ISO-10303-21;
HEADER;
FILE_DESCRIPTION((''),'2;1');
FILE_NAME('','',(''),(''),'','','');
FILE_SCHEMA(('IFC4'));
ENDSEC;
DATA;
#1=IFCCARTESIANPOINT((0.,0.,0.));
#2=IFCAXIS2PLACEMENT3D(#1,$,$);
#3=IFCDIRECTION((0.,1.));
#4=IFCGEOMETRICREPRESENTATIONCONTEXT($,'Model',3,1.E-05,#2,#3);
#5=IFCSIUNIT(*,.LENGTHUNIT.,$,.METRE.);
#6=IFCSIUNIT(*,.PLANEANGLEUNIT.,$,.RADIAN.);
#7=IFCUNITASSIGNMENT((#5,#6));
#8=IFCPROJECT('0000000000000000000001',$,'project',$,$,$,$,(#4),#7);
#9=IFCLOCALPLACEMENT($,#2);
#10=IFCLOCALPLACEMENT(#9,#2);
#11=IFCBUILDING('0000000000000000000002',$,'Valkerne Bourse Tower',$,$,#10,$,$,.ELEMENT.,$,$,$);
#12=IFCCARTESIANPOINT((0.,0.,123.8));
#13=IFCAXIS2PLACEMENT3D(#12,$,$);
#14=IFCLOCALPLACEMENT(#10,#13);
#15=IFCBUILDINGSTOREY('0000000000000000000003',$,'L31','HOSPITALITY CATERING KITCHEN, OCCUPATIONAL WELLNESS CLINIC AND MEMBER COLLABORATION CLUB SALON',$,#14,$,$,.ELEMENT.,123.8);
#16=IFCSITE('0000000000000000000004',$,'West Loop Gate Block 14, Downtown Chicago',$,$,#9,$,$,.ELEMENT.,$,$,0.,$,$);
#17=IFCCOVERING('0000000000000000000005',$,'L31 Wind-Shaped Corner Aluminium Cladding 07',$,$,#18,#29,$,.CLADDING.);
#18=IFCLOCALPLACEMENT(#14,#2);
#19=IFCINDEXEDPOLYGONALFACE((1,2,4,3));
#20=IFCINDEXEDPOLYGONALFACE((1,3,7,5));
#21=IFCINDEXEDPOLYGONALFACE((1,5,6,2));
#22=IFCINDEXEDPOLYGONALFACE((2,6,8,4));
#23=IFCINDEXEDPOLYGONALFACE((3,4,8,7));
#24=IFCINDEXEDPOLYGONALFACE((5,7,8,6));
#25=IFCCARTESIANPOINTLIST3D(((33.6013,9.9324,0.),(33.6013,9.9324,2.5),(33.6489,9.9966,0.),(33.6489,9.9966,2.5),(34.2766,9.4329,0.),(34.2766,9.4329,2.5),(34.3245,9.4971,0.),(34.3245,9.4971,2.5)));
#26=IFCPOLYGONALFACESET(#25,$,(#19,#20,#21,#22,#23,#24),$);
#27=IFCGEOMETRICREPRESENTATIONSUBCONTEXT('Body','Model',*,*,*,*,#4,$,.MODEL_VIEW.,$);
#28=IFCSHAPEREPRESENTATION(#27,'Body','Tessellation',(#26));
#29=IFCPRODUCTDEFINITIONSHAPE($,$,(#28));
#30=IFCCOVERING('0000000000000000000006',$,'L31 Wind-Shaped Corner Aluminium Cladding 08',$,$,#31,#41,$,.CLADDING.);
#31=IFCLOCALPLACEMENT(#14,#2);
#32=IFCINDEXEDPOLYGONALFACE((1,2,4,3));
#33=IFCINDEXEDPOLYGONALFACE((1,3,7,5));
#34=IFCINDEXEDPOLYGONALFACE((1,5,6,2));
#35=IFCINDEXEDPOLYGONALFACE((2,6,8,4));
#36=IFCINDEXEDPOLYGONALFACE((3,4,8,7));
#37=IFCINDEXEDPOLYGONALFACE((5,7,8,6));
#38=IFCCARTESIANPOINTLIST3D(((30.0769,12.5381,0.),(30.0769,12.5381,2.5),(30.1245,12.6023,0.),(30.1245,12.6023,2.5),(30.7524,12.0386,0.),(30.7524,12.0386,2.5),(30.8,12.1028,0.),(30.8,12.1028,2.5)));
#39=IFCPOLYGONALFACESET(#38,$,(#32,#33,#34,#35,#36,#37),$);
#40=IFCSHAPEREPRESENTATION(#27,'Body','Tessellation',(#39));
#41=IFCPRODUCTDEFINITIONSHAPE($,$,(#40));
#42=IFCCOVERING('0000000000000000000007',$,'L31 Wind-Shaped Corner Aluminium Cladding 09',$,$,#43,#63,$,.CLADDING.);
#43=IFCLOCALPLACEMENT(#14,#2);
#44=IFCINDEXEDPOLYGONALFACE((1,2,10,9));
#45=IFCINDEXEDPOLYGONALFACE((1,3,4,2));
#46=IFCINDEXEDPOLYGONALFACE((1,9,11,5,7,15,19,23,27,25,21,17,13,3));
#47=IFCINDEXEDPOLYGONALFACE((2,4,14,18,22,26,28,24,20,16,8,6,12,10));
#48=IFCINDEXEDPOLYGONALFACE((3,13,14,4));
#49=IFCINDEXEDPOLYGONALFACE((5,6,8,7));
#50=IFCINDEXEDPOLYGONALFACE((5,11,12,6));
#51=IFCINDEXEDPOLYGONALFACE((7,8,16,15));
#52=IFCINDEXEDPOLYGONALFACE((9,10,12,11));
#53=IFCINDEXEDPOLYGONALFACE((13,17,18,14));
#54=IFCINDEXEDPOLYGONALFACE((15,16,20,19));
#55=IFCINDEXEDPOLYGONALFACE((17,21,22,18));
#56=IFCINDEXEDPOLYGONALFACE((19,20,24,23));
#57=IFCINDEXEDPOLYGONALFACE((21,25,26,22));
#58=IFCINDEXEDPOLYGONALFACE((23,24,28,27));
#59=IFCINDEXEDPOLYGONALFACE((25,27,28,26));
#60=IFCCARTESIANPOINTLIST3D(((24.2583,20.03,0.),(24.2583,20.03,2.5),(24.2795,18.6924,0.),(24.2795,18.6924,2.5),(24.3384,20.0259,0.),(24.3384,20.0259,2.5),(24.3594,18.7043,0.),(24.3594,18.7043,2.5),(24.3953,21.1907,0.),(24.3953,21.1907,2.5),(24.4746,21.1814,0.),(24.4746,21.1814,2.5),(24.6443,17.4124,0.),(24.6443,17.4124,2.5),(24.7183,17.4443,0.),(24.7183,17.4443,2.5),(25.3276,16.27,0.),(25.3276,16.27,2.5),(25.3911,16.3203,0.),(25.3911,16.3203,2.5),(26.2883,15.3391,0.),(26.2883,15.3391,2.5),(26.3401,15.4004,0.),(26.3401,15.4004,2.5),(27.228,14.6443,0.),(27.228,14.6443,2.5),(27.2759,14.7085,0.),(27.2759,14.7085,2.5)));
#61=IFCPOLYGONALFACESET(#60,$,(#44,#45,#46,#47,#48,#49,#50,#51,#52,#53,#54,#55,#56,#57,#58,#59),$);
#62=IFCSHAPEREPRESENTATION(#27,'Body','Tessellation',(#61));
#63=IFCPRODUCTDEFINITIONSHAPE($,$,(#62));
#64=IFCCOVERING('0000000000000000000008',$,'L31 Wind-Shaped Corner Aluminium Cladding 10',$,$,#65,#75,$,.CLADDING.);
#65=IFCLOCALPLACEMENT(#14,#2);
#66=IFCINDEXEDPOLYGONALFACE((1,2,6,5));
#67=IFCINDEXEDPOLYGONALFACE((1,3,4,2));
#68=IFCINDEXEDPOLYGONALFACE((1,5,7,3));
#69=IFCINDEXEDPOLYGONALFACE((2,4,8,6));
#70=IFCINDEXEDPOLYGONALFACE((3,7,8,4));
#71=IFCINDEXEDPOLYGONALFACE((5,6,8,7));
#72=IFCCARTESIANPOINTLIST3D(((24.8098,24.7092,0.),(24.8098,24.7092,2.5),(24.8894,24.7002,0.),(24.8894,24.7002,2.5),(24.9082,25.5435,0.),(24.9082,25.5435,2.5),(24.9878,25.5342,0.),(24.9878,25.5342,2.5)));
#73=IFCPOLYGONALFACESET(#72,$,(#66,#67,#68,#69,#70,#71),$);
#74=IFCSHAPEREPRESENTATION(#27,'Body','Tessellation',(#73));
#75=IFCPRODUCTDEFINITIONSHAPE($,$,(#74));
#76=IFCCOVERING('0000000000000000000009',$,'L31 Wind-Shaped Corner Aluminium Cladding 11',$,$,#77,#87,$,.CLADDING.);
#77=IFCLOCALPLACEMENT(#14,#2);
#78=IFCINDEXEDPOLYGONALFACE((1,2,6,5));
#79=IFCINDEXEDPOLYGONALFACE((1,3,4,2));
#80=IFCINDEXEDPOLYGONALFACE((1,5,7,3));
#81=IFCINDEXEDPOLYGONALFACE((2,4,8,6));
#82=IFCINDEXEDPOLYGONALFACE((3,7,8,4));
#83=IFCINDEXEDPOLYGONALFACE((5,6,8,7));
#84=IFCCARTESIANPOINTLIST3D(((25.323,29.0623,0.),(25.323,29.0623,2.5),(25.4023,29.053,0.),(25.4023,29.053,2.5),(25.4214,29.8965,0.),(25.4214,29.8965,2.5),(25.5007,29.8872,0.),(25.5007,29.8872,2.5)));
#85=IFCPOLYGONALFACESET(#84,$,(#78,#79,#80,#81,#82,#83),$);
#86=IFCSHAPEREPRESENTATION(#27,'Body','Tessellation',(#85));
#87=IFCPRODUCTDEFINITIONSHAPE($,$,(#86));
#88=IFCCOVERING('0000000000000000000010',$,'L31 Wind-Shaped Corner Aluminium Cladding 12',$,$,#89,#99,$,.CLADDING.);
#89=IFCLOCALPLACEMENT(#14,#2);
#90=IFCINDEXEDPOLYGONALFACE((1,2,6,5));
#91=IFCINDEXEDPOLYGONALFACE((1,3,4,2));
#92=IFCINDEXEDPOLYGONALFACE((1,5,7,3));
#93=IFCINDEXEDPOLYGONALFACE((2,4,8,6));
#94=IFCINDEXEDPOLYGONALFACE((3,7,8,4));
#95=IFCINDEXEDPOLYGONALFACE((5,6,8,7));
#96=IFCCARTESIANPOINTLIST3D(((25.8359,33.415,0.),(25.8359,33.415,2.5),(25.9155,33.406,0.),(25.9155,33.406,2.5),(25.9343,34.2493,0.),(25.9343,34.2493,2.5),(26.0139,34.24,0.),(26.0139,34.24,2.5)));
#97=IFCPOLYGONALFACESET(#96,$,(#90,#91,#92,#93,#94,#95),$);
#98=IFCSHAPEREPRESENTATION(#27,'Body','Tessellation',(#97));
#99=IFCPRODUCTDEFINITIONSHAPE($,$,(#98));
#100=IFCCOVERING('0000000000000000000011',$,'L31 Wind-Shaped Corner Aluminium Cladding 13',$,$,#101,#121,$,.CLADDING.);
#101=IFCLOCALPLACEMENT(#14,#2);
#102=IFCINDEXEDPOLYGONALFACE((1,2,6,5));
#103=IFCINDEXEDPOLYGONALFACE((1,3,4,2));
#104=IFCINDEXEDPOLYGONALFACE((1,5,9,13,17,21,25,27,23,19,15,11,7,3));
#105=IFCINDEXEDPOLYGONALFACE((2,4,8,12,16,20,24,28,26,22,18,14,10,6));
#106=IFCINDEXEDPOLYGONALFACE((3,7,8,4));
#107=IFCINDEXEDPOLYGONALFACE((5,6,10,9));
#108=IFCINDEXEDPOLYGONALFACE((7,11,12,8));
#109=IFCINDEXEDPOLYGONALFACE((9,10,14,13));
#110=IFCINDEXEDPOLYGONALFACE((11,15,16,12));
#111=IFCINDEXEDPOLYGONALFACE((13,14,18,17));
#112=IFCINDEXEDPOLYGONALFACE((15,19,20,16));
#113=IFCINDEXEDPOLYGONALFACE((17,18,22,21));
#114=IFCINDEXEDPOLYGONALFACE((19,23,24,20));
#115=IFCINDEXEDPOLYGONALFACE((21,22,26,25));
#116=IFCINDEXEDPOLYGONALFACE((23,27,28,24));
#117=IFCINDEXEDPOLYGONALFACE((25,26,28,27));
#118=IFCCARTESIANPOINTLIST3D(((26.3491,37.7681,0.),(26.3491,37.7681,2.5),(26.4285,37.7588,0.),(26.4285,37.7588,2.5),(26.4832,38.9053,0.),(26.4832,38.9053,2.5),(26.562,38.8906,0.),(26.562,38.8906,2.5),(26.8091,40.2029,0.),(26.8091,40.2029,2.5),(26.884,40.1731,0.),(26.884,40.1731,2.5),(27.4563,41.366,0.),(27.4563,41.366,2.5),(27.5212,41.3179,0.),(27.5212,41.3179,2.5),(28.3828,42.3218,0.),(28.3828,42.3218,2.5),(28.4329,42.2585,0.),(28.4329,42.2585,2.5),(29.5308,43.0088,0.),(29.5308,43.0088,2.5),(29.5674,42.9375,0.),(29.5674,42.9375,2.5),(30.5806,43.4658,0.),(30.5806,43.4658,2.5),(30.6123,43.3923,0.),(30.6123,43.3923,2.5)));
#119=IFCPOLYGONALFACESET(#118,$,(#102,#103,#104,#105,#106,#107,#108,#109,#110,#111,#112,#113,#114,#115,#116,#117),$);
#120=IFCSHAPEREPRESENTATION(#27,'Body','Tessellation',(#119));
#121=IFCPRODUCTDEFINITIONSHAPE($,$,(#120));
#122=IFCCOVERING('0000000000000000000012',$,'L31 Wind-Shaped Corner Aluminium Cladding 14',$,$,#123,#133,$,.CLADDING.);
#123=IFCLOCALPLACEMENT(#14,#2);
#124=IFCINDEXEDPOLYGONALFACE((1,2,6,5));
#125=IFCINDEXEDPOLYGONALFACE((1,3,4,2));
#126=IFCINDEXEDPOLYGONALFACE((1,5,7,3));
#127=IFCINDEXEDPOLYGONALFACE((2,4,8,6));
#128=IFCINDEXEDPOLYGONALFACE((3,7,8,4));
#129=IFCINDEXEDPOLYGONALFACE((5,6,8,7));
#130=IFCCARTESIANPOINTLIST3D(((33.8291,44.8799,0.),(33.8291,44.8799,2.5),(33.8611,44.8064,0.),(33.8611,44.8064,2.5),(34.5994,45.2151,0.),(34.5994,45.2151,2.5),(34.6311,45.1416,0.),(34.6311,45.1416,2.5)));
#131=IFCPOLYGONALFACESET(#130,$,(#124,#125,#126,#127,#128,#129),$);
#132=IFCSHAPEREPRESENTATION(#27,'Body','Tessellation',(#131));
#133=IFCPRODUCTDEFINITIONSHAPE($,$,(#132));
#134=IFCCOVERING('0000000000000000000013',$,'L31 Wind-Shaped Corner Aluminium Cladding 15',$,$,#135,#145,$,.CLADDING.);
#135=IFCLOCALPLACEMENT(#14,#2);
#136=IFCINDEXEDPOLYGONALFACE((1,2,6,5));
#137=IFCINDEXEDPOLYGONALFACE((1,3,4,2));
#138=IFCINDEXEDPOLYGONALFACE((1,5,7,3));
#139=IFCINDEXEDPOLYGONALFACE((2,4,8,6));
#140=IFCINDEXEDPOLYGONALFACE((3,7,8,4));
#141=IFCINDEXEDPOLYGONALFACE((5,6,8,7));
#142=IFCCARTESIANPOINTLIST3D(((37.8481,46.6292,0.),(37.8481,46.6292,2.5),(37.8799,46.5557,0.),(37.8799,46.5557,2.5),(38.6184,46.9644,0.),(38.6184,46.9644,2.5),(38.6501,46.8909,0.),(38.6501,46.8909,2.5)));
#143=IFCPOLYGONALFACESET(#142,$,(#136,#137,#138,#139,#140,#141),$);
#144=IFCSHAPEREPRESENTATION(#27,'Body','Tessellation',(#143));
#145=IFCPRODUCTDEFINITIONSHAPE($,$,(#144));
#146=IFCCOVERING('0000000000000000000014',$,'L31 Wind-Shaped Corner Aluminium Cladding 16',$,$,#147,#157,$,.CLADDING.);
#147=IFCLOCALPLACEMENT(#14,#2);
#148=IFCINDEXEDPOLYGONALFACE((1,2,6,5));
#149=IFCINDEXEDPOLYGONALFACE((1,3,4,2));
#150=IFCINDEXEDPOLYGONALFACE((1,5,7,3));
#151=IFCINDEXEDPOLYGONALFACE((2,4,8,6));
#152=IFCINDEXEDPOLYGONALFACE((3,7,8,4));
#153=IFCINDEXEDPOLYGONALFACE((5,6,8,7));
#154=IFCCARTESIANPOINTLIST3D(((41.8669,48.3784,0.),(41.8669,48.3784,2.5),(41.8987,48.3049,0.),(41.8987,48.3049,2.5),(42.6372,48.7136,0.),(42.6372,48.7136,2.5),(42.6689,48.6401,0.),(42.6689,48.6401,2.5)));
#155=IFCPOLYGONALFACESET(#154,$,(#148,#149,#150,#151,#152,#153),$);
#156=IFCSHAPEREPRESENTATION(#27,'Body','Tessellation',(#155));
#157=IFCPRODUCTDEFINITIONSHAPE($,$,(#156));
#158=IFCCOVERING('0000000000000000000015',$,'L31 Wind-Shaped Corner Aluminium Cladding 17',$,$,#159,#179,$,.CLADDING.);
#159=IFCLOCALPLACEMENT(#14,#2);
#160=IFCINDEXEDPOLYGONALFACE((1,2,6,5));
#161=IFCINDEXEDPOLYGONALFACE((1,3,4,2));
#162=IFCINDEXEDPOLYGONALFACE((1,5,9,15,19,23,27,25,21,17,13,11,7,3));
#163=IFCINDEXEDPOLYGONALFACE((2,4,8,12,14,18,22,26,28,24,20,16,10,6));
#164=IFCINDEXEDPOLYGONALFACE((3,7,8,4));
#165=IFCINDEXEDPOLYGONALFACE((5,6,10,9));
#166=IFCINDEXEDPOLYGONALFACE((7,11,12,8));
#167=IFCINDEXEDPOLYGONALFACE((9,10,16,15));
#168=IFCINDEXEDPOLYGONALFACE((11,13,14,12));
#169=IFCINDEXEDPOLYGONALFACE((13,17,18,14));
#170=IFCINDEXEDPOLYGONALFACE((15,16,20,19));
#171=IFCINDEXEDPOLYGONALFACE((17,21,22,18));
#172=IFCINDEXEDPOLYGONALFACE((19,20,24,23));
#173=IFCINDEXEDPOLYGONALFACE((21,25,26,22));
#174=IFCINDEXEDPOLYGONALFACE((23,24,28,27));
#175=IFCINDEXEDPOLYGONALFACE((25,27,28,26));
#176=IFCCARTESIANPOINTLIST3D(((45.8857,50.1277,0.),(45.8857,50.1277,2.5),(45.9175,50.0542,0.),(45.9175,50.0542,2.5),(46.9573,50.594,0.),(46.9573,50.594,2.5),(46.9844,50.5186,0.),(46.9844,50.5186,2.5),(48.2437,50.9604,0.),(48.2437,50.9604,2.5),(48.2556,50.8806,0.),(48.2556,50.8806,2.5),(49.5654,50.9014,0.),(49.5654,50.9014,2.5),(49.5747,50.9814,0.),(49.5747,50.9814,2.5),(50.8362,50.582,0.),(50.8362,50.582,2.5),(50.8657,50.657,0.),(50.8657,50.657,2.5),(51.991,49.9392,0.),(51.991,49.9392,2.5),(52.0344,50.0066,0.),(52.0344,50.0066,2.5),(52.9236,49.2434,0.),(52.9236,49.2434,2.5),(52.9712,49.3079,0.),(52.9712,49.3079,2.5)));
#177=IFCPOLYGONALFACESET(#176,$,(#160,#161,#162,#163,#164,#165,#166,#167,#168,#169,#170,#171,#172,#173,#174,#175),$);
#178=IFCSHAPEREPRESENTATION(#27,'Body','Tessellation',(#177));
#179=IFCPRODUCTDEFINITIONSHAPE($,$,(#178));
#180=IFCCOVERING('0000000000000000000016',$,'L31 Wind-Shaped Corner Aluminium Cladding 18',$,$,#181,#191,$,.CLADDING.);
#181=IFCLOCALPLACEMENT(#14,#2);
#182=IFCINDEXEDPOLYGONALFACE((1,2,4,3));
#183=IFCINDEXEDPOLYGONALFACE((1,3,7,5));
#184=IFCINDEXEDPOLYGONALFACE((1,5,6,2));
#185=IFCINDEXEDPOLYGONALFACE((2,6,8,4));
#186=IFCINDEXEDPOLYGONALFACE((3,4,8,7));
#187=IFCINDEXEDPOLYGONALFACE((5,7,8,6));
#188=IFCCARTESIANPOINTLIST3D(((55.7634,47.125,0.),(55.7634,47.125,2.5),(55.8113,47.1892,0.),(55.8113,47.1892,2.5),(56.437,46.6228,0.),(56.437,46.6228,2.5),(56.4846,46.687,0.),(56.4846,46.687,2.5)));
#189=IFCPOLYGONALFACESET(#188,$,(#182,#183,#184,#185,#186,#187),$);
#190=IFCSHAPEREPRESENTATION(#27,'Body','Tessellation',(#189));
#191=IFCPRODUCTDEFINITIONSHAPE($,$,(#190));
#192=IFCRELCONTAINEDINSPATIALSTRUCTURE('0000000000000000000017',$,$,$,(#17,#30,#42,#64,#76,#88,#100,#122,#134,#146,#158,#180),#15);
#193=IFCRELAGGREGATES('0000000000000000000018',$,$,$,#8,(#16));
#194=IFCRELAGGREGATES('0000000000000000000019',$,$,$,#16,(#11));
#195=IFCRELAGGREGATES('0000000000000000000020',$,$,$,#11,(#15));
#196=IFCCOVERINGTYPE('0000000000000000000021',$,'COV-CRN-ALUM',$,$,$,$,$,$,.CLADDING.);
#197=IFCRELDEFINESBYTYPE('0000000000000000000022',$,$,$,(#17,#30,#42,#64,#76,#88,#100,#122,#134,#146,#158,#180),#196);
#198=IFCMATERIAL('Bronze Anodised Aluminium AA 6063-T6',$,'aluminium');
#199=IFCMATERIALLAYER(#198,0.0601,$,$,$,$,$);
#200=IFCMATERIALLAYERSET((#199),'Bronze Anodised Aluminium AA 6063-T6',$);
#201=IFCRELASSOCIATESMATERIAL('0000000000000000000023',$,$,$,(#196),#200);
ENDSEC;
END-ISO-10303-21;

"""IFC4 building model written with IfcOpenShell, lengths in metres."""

from ifc_helpers import new_model, si_unit, direction, frame, origin, place, context, subcontext, project, spatial, polyline, outline, extrude, material, layer, layer_set, type_object, element, save


model = new_model("IFC4")

# Units and contexts
model_context = context("Model", 3, precision=1e-05, world=origin(), true_north=direction((0.0, 1.0)))
body_context = subcontext(model_context, "Body", "Model", "MODEL_VIEW")
ifc_project = project(units=[si_unit("LENGTHUNIT", "METRE"), si_unit("PLANEANGLEUNIT", "RADIAN")], contexts=[model_context])

# Site, building, storey
site_placement = place(None, origin())
site = spatial("IfcSite", under=ifc_project, at=site_placement, Name="West Loop Gate Block 14, Downtown Chicago", CompositionType="ELEMENT", RefElevation=0.0)
building_placement = place(site_placement, origin())
building = spatial("IfcBuilding", under=site, at=building_placement, Name="Valkerne Bourse Tower", CompositionType="ELEMENT")
storey_placement = place(building_placement, frame((0.0, 0.0, 123.8)))
storey = spatial("IfcBuildingStorey", under=building, at=storey_placement, Name="L31", Description="HOSPITALITY CATERING KITCHEN, OCCUPATIONAL WELLNESS CLINIC AND MEMBER COLLABORATION CLUB SALON", CompositionType="ELEMENT", Elevation=123.8)

# Coverings
ifc_material_1 = material(Name="Bronze Anodised Aluminium AA 6063-T6", Category="aluminium")
ifc_layer_1 = layer(ifc_material_1, 0.0601)
ifc_layer_set_1 = layer_set([ifc_layer_1], Name="Bronze Anodised Aluminium AA 6063-T6")
covering_type = type_object("IfcCoveringType", Name="COV-CRN-ALUM", PredefinedType="CLADDING", material=ifc_layer_set_1)
covering_1_placement = place(storey_placement, origin())
element("IfcCovering", 1, at=covering_1_placement, inside=storey, type_object=covering_type, Name="L31 Wind-Shaped Corner Aluminium Cladding 07", PredefinedType="CLADDING", context=body_context, shape_type="SweptSolid", body=[
    extrude(outline(polyline([(33.6013, 9.9324), (33.6489, 9.9966), (34.3245, 9.4971), (34.2766, 9.4329), (33.6013, 9.9324)])), origin(), (0.0, 0.0, 1.0), 2.5),
])
covering_2_placement = place(storey_placement, origin())
element("IfcCovering", 2, at=covering_2_placement, inside=storey, type_object=covering_type, Name="L31 Wind-Shaped Corner Aluminium Cladding 08", PredefinedType="CLADDING", context=body_context, shape_type="SweptSolid", body=[
    extrude(outline(polyline([(30.0769, 12.5381), (30.1245, 12.6023), (30.8, 12.1028), (30.7524, 12.0386), (30.0769, 12.5381)])), origin(), (0.0, 0.0, 1.0), 2.5),
])
covering_3_placement = place(storey_placement, origin())
element("IfcCovering", 3, at=covering_3_placement, inside=storey, type_object=covering_type, Name="L31 Wind-Shaped Corner Aluminium Cladding 09", PredefinedType="CLADDING", context=body_context, shape_type="SweptSolid", body=[
    extrude(outline(polyline([(26.2883, 15.3391), (25.3276, 16.27), (24.6443, 17.4124), (24.2795, 18.6924), (24.2583, 20.03), (24.3953, 21.1907), (24.4746, 21.1814), (24.3384, 20.0259), (24.3594, 18.7043), (24.7183, 17.4443), (25.3911, 16.3203), (26.3401, 15.4004), (27.2759, 14.7085), (27.228, 14.6443), (26.2883, 15.3391)])), origin(), (0.0, 0.0, 1.0), 2.5),
])
covering_4_placement = place(storey_placement, origin())
element("IfcCovering", 4, at=covering_4_placement, inside=storey, type_object=covering_type, Name="L31 Wind-Shaped Corner Aluminium Cladding 10", PredefinedType="CLADDING", context=body_context, shape_type="SweptSolid", body=[
    extrude(outline(polyline([(24.9082, 25.5435), (24.9878, 25.5342), (24.8894, 24.7002), (24.8098, 24.7092), (24.9082, 25.5435)])), origin(), (0.0, 0.0, 1.0), 2.5),
])
covering_5_placement = place(storey_placement, origin())
element("IfcCovering", 5, at=covering_5_placement, inside=storey, type_object=covering_type, Name="L31 Wind-Shaped Corner Aluminium Cladding 11", PredefinedType="CLADDING", context=body_context, shape_type="SweptSolid", body=[
    extrude(outline(polyline([(25.4214, 29.8965), (25.5007, 29.8872), (25.4023, 29.053), (25.323, 29.0623), (25.4214, 29.8965)])), origin(), (0.0, 0.0, 1.0), 2.5),
])
covering_6_placement = place(storey_placement, origin())
element("IfcCovering", 6, at=covering_6_placement, inside=storey, type_object=covering_type, Name="L31 Wind-Shaped Corner Aluminium Cladding 12", PredefinedType="CLADDING", context=body_context, shape_type="SweptSolid", body=[
    extrude(outline(polyline([(25.9343, 34.2493), (26.0139, 34.24), (25.9155, 33.406), (25.8359, 33.415), (25.9343, 34.2493)])), origin(), (0.0, 0.0, 1.0), 2.5),
])
covering_7_placement = place(storey_placement, origin())
element("IfcCovering", 7, at=covering_7_placement, inside=storey, type_object=covering_type, Name="L31 Wind-Shaped Corner Aluminium Cladding 13", PredefinedType="CLADDING", context=body_context, shape_type="SweptSolid", body=[
    extrude(outline(polyline([(26.4832, 38.9053), (26.8091, 40.2029), (27.4563, 41.366), (28.3828, 42.3218), (29.5308, 43.0088), (30.5806, 43.4658), (30.6123, 43.3923), (29.5674, 42.9375), (28.4329, 42.2585), (27.5212, 41.3179), (26.884, 40.1731), (26.562, 38.8906), (26.4285, 37.7588), (26.3491, 37.7681), (26.4832, 38.9053)])), origin(), (0.0, 0.0, 1.0), 2.5),
])
covering_8_placement = place(storey_placement, origin())
element("IfcCovering", 8, at=covering_8_placement, inside=storey, type_object=covering_type, Name="L31 Wind-Shaped Corner Aluminium Cladding 14", PredefinedType="CLADDING", context=body_context, shape_type="SweptSolid", body=[
    extrude(outline(polyline([(34.5994, 45.2151), (34.6311, 45.1416), (33.8611, 44.8064), (33.8291, 44.8799), (34.5994, 45.2151)])), origin(), (0.0, 0.0, 1.0), 2.5),
])
covering_9_placement = place(storey_placement, origin())
element("IfcCovering", 9, at=covering_9_placement, inside=storey, type_object=covering_type, Name="L31 Wind-Shaped Corner Aluminium Cladding 15", PredefinedType="CLADDING", context=body_context, shape_type="SweptSolid", body=[
    extrude(outline(polyline([(38.6184, 46.9644), (38.6501, 46.8909), (37.8799, 46.5557), (37.8481, 46.6292), (38.6184, 46.9644)])), origin(), (0.0, 0.0, 1.0), 2.5),
])
covering_10_placement = place(storey_placement, origin())
element("IfcCovering", 10, at=covering_10_placement, inside=storey, type_object=covering_type, Name="L31 Wind-Shaped Corner Aluminium Cladding 16", PredefinedType="CLADDING", context=body_context, shape_type="SweptSolid", body=[
    extrude(outline(polyline([(42.6372, 48.7136), (42.6689, 48.6401), (41.8987, 48.3049), (41.8669, 48.3784), (42.6372, 48.7136)])), origin(), (0.0, 0.0, 1.0), 2.5),
])
covering_11_placement = place(storey_placement, origin())
element("IfcCovering", 11, at=covering_11_placement, inside=storey, type_object=covering_type, Name="L31 Wind-Shaped Corner Aluminium Cladding 17", PredefinedType="CLADDING", context=body_context, shape_type="SweptSolid", body=[
    extrude(outline(polyline([(46.9573, 50.594), (48.2437, 50.9604), (49.5747, 50.9814), (50.8657, 50.657), (52.0344, 50.0066), (52.9712, 49.3079), (52.9236, 49.2434), (51.991, 49.9392), (50.8362, 50.582), (49.5654, 50.9014), (48.2556, 50.8806), (46.9844, 50.5186), (45.9175, 50.0542), (45.8857, 50.1277), (46.9573, 50.594)])), origin(), (0.0, 0.0, 1.0), 2.5),
])
covering_12_placement = place(storey_placement, origin())
element("IfcCovering", 12, at=covering_12_placement, inside=storey, type_object=covering_type, Name="L31 Wind-Shaped Corner Aluminium Cladding 18", PredefinedType="CLADDING", context=body_context, shape_type="SweptSolid", body=[
    extrude(outline(polyline([(56.4846, 46.687), (56.437, 46.6228), (55.7634, 47.125), (55.8113, 47.1892), (56.4846, 46.687)])), origin(), (0.0, 0.0, 1.0), 2.5),
])

save(model, "model.ifc")
